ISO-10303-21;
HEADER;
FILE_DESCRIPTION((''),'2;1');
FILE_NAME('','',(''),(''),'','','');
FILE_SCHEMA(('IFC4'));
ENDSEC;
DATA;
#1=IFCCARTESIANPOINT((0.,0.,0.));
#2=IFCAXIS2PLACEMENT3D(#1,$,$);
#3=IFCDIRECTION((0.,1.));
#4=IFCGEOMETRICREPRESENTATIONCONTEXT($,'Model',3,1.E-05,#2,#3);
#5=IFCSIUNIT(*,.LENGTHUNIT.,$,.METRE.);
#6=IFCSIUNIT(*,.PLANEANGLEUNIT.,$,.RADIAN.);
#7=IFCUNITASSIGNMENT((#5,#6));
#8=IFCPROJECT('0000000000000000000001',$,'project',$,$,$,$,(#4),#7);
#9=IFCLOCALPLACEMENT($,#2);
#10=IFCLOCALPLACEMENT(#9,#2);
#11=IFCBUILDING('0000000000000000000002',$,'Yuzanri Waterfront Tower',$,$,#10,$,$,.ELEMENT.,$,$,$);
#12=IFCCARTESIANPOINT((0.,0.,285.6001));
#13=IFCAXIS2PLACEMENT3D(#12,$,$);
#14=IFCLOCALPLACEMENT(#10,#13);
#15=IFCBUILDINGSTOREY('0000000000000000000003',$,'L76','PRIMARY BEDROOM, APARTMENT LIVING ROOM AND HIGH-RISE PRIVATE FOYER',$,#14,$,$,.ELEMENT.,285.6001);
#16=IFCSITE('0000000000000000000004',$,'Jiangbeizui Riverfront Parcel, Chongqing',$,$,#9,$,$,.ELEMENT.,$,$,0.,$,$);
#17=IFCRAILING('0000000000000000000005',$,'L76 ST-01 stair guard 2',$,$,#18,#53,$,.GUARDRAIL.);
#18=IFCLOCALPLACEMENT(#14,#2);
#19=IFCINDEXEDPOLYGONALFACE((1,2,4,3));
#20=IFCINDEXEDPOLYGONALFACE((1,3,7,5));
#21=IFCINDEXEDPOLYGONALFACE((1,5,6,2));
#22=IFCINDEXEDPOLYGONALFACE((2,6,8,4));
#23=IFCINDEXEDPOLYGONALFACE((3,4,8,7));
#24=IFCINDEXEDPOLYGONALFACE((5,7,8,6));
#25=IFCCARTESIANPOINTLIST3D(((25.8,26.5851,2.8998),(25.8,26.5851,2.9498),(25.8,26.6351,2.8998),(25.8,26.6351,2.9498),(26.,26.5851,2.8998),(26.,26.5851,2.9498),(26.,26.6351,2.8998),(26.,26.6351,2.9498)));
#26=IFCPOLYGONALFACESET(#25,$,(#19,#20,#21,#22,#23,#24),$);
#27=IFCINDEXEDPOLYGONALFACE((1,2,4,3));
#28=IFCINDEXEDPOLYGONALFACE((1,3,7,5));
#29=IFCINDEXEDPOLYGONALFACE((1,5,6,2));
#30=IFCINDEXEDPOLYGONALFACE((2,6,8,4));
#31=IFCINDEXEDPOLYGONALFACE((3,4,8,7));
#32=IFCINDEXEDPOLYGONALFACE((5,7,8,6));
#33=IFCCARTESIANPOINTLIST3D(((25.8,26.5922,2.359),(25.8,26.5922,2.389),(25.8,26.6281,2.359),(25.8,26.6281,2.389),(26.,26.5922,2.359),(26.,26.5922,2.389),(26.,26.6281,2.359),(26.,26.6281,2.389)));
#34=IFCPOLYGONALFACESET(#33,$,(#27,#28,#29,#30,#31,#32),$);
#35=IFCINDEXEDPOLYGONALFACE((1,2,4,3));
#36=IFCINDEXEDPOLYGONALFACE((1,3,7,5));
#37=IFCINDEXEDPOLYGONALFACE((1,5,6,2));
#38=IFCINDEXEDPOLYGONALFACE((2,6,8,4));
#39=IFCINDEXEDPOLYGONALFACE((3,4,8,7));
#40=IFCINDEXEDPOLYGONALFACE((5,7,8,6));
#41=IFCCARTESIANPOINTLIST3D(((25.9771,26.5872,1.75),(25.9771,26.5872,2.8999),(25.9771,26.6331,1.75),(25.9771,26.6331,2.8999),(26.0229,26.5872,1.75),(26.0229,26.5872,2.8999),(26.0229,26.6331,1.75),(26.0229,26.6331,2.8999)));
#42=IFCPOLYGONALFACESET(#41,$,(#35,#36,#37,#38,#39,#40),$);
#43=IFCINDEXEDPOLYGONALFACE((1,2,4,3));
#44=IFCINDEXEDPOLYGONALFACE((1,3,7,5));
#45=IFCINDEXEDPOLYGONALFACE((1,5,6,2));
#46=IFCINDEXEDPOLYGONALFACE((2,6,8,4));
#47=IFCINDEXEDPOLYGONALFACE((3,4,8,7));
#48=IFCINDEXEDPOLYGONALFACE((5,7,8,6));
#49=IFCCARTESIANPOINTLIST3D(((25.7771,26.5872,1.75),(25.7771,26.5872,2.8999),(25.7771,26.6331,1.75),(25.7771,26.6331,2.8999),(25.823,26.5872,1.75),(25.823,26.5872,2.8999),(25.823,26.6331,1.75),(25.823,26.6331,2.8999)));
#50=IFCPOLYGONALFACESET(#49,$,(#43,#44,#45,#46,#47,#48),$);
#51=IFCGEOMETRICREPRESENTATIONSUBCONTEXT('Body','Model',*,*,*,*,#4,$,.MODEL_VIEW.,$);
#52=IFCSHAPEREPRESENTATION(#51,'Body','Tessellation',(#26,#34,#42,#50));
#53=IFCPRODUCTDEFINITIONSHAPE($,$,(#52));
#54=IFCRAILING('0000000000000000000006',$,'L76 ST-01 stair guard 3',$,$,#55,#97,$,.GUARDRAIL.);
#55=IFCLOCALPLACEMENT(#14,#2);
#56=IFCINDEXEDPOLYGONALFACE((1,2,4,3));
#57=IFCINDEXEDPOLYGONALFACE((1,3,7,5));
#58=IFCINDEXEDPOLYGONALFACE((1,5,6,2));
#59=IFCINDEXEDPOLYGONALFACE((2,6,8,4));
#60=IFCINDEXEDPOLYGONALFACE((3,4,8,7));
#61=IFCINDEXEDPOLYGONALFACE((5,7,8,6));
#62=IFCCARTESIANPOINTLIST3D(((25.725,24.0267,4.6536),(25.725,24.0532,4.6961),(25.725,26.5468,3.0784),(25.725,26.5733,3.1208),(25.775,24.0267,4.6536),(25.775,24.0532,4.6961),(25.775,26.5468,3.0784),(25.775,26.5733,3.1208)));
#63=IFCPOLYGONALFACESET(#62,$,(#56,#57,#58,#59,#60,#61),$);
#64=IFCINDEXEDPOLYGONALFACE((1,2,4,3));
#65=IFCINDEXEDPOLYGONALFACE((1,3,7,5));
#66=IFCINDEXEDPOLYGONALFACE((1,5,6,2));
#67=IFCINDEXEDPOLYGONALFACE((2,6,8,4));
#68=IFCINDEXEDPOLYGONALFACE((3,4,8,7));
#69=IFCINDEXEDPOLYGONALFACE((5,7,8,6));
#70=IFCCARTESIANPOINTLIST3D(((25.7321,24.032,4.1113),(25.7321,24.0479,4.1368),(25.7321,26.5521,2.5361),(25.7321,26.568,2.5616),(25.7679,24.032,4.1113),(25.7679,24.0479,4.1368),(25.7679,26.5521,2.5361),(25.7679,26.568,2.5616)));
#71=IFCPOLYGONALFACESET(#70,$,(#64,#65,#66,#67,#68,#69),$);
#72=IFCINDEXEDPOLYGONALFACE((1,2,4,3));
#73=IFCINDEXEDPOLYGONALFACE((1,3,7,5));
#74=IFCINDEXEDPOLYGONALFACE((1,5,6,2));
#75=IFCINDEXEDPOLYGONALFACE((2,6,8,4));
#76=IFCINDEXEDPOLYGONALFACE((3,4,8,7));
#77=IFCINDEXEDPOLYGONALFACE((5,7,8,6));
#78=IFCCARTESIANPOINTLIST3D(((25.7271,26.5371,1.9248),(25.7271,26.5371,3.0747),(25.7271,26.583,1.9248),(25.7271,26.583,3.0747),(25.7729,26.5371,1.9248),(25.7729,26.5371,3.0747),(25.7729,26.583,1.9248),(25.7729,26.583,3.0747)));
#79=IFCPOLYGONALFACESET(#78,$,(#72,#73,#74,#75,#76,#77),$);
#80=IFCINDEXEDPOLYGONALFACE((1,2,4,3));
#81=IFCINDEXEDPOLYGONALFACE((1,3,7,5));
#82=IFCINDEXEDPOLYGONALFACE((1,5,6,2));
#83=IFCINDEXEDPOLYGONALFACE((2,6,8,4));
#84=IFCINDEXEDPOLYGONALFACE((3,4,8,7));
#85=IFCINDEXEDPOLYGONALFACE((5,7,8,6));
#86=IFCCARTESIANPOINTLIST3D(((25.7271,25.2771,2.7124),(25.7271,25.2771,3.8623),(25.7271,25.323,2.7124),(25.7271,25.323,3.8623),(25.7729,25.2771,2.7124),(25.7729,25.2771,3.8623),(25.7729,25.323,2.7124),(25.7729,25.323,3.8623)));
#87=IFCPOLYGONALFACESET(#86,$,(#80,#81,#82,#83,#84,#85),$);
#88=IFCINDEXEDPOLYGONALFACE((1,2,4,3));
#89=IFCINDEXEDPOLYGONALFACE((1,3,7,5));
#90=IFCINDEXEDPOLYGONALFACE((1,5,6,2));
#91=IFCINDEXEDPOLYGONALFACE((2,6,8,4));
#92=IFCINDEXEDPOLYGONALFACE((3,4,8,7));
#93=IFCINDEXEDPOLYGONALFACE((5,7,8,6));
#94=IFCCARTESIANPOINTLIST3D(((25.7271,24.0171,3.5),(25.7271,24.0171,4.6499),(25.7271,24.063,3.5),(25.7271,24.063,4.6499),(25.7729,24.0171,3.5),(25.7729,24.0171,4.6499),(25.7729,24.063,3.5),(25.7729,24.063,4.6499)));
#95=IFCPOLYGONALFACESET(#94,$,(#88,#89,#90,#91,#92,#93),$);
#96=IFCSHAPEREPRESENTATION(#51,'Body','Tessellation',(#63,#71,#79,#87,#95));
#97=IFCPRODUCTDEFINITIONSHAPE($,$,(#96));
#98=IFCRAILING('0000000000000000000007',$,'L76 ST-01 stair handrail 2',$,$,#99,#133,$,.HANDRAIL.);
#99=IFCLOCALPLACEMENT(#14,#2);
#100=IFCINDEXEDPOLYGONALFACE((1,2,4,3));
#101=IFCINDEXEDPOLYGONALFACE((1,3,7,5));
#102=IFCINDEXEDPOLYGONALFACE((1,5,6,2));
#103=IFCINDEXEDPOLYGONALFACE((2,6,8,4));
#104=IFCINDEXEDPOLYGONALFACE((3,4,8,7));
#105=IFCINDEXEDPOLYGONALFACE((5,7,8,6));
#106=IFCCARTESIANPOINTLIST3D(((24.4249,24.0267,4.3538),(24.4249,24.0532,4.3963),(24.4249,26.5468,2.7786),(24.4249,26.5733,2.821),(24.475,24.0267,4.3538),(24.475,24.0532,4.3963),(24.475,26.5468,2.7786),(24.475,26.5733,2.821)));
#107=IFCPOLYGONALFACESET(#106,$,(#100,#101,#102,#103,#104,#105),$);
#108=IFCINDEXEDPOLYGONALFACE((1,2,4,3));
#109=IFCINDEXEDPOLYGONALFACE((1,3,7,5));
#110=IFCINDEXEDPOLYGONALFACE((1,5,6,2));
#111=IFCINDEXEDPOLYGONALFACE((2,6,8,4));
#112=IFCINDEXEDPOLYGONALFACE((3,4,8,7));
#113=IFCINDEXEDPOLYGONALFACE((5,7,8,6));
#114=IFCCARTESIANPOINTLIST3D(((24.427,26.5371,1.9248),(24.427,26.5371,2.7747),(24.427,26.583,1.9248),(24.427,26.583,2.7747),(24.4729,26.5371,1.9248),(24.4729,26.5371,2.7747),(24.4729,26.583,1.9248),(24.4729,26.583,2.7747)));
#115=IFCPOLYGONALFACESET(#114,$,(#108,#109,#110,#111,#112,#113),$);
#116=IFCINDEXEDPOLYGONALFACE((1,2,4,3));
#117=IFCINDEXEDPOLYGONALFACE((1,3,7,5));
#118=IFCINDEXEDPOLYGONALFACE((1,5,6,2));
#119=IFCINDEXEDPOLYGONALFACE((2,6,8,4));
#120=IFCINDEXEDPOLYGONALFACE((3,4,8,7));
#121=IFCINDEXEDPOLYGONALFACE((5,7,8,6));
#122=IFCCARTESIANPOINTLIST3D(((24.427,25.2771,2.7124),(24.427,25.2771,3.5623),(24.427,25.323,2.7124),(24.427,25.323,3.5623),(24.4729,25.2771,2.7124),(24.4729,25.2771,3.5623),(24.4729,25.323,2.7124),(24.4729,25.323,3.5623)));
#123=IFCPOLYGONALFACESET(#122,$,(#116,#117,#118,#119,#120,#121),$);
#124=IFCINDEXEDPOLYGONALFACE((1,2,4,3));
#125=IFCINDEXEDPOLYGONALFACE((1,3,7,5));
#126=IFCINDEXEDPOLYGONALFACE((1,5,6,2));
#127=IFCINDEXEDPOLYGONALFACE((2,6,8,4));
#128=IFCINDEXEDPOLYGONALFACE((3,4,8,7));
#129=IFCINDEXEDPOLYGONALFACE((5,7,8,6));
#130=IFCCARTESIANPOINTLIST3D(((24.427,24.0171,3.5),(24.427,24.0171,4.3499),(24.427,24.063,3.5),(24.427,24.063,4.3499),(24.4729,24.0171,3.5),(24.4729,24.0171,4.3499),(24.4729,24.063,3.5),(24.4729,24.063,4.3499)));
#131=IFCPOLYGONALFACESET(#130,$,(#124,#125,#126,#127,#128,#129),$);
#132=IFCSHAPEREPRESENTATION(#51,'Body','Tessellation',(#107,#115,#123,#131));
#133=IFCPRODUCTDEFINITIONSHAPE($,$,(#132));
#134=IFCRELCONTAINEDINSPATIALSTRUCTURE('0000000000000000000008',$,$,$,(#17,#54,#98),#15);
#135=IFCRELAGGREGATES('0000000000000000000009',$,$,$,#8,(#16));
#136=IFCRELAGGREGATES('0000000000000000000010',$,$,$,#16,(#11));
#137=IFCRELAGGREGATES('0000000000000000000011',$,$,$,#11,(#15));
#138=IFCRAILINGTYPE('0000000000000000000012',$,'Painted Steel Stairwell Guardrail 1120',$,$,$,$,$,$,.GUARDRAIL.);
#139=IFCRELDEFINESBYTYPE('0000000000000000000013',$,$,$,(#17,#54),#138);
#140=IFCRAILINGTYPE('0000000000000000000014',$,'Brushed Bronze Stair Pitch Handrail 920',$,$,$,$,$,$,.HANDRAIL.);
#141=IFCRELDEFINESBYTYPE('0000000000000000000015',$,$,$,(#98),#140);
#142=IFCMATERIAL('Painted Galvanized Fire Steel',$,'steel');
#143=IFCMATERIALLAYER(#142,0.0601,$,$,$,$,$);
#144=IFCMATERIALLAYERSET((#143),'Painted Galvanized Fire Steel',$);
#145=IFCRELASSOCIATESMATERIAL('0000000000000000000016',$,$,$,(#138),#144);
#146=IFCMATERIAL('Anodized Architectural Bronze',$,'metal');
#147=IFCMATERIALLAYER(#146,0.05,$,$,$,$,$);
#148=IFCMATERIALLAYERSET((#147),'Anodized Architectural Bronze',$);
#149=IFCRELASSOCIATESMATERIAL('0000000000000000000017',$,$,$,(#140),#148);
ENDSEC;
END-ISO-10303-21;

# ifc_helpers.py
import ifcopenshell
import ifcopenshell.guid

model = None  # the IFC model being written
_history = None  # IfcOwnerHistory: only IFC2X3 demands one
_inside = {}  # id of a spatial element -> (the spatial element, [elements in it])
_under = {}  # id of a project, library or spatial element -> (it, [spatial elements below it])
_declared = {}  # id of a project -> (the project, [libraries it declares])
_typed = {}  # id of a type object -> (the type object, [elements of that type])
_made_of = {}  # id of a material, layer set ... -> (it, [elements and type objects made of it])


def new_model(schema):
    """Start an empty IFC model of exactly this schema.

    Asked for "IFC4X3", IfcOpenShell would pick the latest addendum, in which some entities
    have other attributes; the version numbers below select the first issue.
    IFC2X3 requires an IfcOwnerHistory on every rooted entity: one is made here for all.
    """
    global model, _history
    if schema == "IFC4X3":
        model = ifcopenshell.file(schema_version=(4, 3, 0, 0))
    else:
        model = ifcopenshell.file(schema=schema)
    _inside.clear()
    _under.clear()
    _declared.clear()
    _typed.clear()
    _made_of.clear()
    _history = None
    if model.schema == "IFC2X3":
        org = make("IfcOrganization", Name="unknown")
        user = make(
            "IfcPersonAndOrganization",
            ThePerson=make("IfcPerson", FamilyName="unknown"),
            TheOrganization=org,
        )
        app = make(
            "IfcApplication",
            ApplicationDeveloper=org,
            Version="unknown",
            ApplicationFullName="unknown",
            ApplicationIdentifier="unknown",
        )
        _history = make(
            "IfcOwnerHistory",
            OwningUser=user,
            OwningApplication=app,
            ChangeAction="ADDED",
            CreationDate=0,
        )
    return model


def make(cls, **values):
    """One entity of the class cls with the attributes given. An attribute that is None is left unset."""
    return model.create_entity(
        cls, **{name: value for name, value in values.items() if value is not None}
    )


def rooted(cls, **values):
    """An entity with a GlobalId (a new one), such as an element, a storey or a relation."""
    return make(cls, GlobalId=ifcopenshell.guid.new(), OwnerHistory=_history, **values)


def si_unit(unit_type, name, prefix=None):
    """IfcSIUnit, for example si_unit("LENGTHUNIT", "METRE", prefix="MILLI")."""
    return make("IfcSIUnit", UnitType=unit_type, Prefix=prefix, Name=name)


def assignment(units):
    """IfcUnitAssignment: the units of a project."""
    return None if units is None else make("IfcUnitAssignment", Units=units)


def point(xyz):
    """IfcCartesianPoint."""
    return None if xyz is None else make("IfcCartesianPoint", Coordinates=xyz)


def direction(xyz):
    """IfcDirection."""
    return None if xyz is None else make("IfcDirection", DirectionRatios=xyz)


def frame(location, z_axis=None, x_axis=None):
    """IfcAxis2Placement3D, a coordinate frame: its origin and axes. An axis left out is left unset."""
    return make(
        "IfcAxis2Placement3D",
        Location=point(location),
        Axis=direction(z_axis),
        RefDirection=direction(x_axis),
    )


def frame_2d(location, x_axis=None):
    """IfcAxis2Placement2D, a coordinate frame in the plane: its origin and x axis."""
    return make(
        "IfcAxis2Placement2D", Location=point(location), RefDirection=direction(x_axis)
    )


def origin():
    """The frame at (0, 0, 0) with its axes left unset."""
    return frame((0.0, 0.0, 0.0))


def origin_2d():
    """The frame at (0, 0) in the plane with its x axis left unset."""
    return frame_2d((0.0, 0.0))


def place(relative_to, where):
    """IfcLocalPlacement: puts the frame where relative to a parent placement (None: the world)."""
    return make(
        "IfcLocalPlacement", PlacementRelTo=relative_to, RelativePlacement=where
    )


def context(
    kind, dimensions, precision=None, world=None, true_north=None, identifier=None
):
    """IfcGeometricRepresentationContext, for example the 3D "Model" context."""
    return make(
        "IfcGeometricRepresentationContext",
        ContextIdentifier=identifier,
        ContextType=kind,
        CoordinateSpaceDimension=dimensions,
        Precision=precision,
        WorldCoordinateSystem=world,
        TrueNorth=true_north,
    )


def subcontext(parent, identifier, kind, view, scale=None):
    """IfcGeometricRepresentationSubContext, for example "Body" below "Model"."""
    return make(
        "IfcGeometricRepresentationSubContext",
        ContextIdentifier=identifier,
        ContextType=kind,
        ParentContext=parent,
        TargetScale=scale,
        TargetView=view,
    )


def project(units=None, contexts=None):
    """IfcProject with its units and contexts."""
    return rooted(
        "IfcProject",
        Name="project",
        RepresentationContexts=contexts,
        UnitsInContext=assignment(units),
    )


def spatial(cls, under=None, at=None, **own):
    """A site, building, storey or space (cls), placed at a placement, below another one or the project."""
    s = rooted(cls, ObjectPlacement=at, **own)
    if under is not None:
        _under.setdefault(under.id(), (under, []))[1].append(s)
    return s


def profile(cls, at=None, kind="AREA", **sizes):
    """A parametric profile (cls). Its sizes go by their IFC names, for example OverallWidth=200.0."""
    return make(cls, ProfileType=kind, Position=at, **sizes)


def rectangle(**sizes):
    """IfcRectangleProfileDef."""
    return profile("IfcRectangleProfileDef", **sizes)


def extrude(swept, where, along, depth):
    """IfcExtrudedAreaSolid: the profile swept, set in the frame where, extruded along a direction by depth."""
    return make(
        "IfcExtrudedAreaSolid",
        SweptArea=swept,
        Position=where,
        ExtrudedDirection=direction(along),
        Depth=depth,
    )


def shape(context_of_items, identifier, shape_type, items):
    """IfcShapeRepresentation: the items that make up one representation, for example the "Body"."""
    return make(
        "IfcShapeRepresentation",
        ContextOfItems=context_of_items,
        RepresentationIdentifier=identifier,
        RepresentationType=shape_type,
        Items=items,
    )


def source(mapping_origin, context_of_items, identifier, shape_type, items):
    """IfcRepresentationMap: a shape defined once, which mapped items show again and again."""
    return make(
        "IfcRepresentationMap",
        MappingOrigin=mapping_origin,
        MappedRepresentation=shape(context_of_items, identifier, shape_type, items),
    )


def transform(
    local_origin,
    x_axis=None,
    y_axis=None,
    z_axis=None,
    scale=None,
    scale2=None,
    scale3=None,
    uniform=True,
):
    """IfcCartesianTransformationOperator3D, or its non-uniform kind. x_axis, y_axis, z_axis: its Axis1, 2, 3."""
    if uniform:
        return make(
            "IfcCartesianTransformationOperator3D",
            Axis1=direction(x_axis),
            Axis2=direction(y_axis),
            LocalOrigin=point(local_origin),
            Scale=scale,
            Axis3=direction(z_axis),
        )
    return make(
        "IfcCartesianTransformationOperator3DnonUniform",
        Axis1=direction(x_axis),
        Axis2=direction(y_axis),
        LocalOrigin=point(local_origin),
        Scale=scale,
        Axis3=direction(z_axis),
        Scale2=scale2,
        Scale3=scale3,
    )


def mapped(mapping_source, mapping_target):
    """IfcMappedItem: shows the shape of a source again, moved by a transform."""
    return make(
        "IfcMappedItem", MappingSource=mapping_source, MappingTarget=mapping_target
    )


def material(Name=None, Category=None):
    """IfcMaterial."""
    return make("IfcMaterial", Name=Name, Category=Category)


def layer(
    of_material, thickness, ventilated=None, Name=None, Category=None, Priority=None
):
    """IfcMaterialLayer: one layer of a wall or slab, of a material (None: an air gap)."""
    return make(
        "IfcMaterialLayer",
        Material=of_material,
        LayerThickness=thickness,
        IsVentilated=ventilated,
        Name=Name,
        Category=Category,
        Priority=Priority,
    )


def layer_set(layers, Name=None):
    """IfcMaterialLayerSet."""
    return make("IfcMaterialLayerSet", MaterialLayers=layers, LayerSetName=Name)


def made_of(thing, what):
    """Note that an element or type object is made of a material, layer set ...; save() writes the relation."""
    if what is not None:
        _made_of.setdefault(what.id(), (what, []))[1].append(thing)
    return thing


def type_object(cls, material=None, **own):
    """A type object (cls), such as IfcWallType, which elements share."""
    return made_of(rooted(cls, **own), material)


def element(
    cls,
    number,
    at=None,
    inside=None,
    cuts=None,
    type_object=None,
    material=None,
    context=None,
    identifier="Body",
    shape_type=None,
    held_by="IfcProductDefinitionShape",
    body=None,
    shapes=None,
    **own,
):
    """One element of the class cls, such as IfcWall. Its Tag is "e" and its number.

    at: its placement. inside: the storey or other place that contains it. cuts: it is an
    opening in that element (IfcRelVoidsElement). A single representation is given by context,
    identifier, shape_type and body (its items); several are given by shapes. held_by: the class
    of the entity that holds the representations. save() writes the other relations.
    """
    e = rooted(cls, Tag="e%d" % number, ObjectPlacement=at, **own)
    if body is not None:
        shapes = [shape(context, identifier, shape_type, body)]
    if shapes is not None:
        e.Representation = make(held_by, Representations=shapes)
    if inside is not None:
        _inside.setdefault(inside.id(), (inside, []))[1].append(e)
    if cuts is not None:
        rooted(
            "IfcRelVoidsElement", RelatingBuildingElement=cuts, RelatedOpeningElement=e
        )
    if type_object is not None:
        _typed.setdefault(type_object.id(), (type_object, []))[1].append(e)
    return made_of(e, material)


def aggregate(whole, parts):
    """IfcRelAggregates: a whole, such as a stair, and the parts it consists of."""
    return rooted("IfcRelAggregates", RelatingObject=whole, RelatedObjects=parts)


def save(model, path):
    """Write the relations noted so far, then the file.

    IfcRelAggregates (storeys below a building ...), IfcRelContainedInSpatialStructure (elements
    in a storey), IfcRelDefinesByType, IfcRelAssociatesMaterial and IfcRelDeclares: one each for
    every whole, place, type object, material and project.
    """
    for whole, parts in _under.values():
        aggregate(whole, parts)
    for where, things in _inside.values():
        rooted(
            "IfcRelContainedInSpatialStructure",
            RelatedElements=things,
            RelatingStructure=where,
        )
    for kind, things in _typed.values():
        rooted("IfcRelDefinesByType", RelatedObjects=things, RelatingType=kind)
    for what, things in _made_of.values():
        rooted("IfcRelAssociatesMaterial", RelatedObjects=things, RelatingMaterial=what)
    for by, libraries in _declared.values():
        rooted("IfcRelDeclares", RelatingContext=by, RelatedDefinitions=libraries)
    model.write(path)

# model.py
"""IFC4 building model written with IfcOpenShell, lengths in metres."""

from ifc_helpers import new_model, si_unit, direction, frame, origin, origin_2d, place, context, subcontext, project, spatial, rectangle, extrude, source, transform, mapped, material, layer, layer_set, type_object, element, save


model = new_model("IFC4")

# Units and contexts
model_context = context("Model", 3, precision=1e-05, world=origin(), true_north=direction((0.0, 1.0)))
body_context = subcontext(model_context, "Body", "Model", "MODEL_VIEW")
ifc_project = project(units=[si_unit("LENGTHUNIT", "METRE"), si_unit("PLANEANGLEUNIT", "RADIAN")], contexts=[model_context])

# Site, building, storey
site_placement = place(None, origin())
site = spatial("IfcSite", under=ifc_project, at=site_placement, Name="Jiangbeizui Riverfront Parcel, Chongqing", CompositionType="ELEMENT", RefElevation=0.0)
building_placement = place(site_placement, origin())
building = spatial("IfcBuilding", under=site, at=building_placement, Name="Yuzanri Waterfront Tower", CompositionType="ELEMENT")
storey_placement = place(building_placement, frame((0.0, 0.0, 285.6001)))
storey = spatial("IfcBuildingStorey", under=building, at=storey_placement, Name="L76", Description="PRIMARY BEDROOM, APARTMENT LIVING ROOM AND HIGH-RISE PRIVATE FOYER", CompositionType="ELEMENT", Elevation=285.6001)

# Railings
ifc_material_1 = material(Name="Painted Galvanized Fire Steel", Category="steel")
ifc_layer_1 = layer(ifc_material_1, 0.0601)
ifc_layer_set_1 = layer_set([ifc_layer_1], Name="Painted Galvanized Fire Steel")
railing_type_1 = type_object("IfcRailingType", Name="Painted Steel Stairwell Guardrail 1120", PredefinedType="GUARDRAIL", material=ifc_layer_set_1)
shared_shape_1 = source(origin(), body_context, "Body", "SweptSolid", [
    extrude(rectangle(XDim=0.05, YDim=0.05, at=origin_2d()), frame((0.0, 0.0, 1.1748), z_axis=(-1.0, 0.0, 0.0), x_axis=(0.0, -1.0, 0.0)), (0.0, 0.0, 1.0), 0.2),
    extrude(rectangle(XDim=0.0359, YDim=0.03, at=origin_2d()), frame((0.0, 0.0, 0.624), z_axis=(-1.0, 0.0, 0.0), x_axis=(0.0, -1.0, 0.0)), (0.0, 0.0, 1.0), 0.2),
    extrude(rectangle(XDim=0.0459, YDim=0.0459, at=origin_2d()), origin(), (0.0, 0.0, 1.0), 1.1499),
    extrude(rectangle(XDim=0.0459, YDim=0.0459, at=origin_2d()), frame((-0.2, 0.0, 0.0)), (0.0, 0.0, 1.0), 1.1499),
])
railing_1_placement = place(storey_placement, frame((26.0, 26.6101, 1.75)))
element("IfcRailing", 1, at=railing_1_placement, inside=storey, type_object=railing_type_1, Name="L76 ST-01 stair guard 2", PredefinedType="GUARDRAIL", context=body_context, shape_type="MappedRepresentation", body=[
    mapped(shared_shape_1, transform((0.0, 0.0, 0.0), scale=1.0)),
])
shared_shape_2 = source(origin(), body_context, "Body", "SweptSolid", [
    extrude(rectangle(XDim=0.05, YDim=0.05, at=origin_2d()), frame((0.0, 0.0, 1.1748), z_axis=(0.0, -0.847971, 0.530043), x_axis=(1.0, 0.0, 0.0)), (0.0, 0.0, 1.0), 2.9719),
    extrude(rectangle(XDim=0.0359, YDim=0.03, at=origin_2d()), frame((0.0, 0.0, 0.624), z_axis=(0.0, -0.847971, 0.530043), x_axis=(1.0, 0.0, 0.0)), (0.0, 0.0, 1.0), 2.9719),
    extrude(rectangle(XDim=0.0459, YDim=0.0459, at=origin_2d()), origin(), (0.0, 0.0, 1.0), 1.1499),
    extrude(rectangle(XDim=0.0459, YDim=0.0459, at=origin_2d()), frame((0.0, -1.26, 0.7876)), (0.0, 0.0, 1.0), 1.1499),
    extrude(rectangle(XDim=0.0459, YDim=0.0459, at=origin_2d()), frame((0.0, -2.52, 1.5752)), (0.0, 0.0, 1.0), 1.1499),
])
railing_2_placement = place(storey_placement, frame((25.75, 26.5601, 1.9248)))
element("IfcRailing", 2, at=railing_2_placement, inside=storey, type_object=railing_type_1, Name="L76 ST-01 stair guard 3", PredefinedType="GUARDRAIL", context=body_context, shape_type="MappedRepresentation", body=[
    mapped(shared_shape_2, transform((0.0, 0.0, 0.0), scale=1.0)),
])
ifc_material_2 = material(Name="Anodized Architectural Bronze", Category="metal")
ifc_layer_2 = layer(ifc_material_2, 0.05)
ifc_layer_set_2 = layer_set([ifc_layer_2], Name="Anodized Architectural Bronze")
railing_type_2 = type_object("IfcRailingType", Name="Brushed Bronze Stair Pitch Handrail 920", PredefinedType="HANDRAIL", material=ifc_layer_set_2)
shared_shape_3 = source(origin(), body_context, "Body", "SweptSolid", [
    extrude(rectangle(XDim=0.05, YDim=0.05, at=origin_2d()), frame((0.0, 0.0, 0.875), z_axis=(0.0, -0.847971, 0.530043), x_axis=(1.0, 0.0, 0.0)), (0.0, 0.0, 1.0), 2.9719),
    extrude(rectangle(XDim=0.0459, YDim=0.0459, at=origin_2d()), origin(), (0.0, 0.0, 1.0), 0.8499),
    extrude(rectangle(XDim=0.0459, YDim=0.0459, at=origin_2d()), frame((0.0, -1.26, 0.7876)), (0.0, 0.0, 1.0), 0.8499),
    extrude(rectangle(XDim=0.0459, YDim=0.0459, at=origin_2d()), frame((0.0, -2.52, 1.5752)), (0.0, 0.0, 1.0), 0.8499),
])
railing_3_placement = place(storey_placement, frame((24.45, 26.5601, 1.9248)))
element("IfcRailing", 3, at=railing_3_placement, inside=storey, type_object=railing_type_2, Name="L76 ST-01 stair handrail 2", PredefinedType="HANDRAIL", context=body_context, shape_type="MappedRepresentation", body=[
    mapped(shared_shape_3, transform((0.0, 0.0, 0.0), scale=1.0)),
])

save(model, "model.ifc")
